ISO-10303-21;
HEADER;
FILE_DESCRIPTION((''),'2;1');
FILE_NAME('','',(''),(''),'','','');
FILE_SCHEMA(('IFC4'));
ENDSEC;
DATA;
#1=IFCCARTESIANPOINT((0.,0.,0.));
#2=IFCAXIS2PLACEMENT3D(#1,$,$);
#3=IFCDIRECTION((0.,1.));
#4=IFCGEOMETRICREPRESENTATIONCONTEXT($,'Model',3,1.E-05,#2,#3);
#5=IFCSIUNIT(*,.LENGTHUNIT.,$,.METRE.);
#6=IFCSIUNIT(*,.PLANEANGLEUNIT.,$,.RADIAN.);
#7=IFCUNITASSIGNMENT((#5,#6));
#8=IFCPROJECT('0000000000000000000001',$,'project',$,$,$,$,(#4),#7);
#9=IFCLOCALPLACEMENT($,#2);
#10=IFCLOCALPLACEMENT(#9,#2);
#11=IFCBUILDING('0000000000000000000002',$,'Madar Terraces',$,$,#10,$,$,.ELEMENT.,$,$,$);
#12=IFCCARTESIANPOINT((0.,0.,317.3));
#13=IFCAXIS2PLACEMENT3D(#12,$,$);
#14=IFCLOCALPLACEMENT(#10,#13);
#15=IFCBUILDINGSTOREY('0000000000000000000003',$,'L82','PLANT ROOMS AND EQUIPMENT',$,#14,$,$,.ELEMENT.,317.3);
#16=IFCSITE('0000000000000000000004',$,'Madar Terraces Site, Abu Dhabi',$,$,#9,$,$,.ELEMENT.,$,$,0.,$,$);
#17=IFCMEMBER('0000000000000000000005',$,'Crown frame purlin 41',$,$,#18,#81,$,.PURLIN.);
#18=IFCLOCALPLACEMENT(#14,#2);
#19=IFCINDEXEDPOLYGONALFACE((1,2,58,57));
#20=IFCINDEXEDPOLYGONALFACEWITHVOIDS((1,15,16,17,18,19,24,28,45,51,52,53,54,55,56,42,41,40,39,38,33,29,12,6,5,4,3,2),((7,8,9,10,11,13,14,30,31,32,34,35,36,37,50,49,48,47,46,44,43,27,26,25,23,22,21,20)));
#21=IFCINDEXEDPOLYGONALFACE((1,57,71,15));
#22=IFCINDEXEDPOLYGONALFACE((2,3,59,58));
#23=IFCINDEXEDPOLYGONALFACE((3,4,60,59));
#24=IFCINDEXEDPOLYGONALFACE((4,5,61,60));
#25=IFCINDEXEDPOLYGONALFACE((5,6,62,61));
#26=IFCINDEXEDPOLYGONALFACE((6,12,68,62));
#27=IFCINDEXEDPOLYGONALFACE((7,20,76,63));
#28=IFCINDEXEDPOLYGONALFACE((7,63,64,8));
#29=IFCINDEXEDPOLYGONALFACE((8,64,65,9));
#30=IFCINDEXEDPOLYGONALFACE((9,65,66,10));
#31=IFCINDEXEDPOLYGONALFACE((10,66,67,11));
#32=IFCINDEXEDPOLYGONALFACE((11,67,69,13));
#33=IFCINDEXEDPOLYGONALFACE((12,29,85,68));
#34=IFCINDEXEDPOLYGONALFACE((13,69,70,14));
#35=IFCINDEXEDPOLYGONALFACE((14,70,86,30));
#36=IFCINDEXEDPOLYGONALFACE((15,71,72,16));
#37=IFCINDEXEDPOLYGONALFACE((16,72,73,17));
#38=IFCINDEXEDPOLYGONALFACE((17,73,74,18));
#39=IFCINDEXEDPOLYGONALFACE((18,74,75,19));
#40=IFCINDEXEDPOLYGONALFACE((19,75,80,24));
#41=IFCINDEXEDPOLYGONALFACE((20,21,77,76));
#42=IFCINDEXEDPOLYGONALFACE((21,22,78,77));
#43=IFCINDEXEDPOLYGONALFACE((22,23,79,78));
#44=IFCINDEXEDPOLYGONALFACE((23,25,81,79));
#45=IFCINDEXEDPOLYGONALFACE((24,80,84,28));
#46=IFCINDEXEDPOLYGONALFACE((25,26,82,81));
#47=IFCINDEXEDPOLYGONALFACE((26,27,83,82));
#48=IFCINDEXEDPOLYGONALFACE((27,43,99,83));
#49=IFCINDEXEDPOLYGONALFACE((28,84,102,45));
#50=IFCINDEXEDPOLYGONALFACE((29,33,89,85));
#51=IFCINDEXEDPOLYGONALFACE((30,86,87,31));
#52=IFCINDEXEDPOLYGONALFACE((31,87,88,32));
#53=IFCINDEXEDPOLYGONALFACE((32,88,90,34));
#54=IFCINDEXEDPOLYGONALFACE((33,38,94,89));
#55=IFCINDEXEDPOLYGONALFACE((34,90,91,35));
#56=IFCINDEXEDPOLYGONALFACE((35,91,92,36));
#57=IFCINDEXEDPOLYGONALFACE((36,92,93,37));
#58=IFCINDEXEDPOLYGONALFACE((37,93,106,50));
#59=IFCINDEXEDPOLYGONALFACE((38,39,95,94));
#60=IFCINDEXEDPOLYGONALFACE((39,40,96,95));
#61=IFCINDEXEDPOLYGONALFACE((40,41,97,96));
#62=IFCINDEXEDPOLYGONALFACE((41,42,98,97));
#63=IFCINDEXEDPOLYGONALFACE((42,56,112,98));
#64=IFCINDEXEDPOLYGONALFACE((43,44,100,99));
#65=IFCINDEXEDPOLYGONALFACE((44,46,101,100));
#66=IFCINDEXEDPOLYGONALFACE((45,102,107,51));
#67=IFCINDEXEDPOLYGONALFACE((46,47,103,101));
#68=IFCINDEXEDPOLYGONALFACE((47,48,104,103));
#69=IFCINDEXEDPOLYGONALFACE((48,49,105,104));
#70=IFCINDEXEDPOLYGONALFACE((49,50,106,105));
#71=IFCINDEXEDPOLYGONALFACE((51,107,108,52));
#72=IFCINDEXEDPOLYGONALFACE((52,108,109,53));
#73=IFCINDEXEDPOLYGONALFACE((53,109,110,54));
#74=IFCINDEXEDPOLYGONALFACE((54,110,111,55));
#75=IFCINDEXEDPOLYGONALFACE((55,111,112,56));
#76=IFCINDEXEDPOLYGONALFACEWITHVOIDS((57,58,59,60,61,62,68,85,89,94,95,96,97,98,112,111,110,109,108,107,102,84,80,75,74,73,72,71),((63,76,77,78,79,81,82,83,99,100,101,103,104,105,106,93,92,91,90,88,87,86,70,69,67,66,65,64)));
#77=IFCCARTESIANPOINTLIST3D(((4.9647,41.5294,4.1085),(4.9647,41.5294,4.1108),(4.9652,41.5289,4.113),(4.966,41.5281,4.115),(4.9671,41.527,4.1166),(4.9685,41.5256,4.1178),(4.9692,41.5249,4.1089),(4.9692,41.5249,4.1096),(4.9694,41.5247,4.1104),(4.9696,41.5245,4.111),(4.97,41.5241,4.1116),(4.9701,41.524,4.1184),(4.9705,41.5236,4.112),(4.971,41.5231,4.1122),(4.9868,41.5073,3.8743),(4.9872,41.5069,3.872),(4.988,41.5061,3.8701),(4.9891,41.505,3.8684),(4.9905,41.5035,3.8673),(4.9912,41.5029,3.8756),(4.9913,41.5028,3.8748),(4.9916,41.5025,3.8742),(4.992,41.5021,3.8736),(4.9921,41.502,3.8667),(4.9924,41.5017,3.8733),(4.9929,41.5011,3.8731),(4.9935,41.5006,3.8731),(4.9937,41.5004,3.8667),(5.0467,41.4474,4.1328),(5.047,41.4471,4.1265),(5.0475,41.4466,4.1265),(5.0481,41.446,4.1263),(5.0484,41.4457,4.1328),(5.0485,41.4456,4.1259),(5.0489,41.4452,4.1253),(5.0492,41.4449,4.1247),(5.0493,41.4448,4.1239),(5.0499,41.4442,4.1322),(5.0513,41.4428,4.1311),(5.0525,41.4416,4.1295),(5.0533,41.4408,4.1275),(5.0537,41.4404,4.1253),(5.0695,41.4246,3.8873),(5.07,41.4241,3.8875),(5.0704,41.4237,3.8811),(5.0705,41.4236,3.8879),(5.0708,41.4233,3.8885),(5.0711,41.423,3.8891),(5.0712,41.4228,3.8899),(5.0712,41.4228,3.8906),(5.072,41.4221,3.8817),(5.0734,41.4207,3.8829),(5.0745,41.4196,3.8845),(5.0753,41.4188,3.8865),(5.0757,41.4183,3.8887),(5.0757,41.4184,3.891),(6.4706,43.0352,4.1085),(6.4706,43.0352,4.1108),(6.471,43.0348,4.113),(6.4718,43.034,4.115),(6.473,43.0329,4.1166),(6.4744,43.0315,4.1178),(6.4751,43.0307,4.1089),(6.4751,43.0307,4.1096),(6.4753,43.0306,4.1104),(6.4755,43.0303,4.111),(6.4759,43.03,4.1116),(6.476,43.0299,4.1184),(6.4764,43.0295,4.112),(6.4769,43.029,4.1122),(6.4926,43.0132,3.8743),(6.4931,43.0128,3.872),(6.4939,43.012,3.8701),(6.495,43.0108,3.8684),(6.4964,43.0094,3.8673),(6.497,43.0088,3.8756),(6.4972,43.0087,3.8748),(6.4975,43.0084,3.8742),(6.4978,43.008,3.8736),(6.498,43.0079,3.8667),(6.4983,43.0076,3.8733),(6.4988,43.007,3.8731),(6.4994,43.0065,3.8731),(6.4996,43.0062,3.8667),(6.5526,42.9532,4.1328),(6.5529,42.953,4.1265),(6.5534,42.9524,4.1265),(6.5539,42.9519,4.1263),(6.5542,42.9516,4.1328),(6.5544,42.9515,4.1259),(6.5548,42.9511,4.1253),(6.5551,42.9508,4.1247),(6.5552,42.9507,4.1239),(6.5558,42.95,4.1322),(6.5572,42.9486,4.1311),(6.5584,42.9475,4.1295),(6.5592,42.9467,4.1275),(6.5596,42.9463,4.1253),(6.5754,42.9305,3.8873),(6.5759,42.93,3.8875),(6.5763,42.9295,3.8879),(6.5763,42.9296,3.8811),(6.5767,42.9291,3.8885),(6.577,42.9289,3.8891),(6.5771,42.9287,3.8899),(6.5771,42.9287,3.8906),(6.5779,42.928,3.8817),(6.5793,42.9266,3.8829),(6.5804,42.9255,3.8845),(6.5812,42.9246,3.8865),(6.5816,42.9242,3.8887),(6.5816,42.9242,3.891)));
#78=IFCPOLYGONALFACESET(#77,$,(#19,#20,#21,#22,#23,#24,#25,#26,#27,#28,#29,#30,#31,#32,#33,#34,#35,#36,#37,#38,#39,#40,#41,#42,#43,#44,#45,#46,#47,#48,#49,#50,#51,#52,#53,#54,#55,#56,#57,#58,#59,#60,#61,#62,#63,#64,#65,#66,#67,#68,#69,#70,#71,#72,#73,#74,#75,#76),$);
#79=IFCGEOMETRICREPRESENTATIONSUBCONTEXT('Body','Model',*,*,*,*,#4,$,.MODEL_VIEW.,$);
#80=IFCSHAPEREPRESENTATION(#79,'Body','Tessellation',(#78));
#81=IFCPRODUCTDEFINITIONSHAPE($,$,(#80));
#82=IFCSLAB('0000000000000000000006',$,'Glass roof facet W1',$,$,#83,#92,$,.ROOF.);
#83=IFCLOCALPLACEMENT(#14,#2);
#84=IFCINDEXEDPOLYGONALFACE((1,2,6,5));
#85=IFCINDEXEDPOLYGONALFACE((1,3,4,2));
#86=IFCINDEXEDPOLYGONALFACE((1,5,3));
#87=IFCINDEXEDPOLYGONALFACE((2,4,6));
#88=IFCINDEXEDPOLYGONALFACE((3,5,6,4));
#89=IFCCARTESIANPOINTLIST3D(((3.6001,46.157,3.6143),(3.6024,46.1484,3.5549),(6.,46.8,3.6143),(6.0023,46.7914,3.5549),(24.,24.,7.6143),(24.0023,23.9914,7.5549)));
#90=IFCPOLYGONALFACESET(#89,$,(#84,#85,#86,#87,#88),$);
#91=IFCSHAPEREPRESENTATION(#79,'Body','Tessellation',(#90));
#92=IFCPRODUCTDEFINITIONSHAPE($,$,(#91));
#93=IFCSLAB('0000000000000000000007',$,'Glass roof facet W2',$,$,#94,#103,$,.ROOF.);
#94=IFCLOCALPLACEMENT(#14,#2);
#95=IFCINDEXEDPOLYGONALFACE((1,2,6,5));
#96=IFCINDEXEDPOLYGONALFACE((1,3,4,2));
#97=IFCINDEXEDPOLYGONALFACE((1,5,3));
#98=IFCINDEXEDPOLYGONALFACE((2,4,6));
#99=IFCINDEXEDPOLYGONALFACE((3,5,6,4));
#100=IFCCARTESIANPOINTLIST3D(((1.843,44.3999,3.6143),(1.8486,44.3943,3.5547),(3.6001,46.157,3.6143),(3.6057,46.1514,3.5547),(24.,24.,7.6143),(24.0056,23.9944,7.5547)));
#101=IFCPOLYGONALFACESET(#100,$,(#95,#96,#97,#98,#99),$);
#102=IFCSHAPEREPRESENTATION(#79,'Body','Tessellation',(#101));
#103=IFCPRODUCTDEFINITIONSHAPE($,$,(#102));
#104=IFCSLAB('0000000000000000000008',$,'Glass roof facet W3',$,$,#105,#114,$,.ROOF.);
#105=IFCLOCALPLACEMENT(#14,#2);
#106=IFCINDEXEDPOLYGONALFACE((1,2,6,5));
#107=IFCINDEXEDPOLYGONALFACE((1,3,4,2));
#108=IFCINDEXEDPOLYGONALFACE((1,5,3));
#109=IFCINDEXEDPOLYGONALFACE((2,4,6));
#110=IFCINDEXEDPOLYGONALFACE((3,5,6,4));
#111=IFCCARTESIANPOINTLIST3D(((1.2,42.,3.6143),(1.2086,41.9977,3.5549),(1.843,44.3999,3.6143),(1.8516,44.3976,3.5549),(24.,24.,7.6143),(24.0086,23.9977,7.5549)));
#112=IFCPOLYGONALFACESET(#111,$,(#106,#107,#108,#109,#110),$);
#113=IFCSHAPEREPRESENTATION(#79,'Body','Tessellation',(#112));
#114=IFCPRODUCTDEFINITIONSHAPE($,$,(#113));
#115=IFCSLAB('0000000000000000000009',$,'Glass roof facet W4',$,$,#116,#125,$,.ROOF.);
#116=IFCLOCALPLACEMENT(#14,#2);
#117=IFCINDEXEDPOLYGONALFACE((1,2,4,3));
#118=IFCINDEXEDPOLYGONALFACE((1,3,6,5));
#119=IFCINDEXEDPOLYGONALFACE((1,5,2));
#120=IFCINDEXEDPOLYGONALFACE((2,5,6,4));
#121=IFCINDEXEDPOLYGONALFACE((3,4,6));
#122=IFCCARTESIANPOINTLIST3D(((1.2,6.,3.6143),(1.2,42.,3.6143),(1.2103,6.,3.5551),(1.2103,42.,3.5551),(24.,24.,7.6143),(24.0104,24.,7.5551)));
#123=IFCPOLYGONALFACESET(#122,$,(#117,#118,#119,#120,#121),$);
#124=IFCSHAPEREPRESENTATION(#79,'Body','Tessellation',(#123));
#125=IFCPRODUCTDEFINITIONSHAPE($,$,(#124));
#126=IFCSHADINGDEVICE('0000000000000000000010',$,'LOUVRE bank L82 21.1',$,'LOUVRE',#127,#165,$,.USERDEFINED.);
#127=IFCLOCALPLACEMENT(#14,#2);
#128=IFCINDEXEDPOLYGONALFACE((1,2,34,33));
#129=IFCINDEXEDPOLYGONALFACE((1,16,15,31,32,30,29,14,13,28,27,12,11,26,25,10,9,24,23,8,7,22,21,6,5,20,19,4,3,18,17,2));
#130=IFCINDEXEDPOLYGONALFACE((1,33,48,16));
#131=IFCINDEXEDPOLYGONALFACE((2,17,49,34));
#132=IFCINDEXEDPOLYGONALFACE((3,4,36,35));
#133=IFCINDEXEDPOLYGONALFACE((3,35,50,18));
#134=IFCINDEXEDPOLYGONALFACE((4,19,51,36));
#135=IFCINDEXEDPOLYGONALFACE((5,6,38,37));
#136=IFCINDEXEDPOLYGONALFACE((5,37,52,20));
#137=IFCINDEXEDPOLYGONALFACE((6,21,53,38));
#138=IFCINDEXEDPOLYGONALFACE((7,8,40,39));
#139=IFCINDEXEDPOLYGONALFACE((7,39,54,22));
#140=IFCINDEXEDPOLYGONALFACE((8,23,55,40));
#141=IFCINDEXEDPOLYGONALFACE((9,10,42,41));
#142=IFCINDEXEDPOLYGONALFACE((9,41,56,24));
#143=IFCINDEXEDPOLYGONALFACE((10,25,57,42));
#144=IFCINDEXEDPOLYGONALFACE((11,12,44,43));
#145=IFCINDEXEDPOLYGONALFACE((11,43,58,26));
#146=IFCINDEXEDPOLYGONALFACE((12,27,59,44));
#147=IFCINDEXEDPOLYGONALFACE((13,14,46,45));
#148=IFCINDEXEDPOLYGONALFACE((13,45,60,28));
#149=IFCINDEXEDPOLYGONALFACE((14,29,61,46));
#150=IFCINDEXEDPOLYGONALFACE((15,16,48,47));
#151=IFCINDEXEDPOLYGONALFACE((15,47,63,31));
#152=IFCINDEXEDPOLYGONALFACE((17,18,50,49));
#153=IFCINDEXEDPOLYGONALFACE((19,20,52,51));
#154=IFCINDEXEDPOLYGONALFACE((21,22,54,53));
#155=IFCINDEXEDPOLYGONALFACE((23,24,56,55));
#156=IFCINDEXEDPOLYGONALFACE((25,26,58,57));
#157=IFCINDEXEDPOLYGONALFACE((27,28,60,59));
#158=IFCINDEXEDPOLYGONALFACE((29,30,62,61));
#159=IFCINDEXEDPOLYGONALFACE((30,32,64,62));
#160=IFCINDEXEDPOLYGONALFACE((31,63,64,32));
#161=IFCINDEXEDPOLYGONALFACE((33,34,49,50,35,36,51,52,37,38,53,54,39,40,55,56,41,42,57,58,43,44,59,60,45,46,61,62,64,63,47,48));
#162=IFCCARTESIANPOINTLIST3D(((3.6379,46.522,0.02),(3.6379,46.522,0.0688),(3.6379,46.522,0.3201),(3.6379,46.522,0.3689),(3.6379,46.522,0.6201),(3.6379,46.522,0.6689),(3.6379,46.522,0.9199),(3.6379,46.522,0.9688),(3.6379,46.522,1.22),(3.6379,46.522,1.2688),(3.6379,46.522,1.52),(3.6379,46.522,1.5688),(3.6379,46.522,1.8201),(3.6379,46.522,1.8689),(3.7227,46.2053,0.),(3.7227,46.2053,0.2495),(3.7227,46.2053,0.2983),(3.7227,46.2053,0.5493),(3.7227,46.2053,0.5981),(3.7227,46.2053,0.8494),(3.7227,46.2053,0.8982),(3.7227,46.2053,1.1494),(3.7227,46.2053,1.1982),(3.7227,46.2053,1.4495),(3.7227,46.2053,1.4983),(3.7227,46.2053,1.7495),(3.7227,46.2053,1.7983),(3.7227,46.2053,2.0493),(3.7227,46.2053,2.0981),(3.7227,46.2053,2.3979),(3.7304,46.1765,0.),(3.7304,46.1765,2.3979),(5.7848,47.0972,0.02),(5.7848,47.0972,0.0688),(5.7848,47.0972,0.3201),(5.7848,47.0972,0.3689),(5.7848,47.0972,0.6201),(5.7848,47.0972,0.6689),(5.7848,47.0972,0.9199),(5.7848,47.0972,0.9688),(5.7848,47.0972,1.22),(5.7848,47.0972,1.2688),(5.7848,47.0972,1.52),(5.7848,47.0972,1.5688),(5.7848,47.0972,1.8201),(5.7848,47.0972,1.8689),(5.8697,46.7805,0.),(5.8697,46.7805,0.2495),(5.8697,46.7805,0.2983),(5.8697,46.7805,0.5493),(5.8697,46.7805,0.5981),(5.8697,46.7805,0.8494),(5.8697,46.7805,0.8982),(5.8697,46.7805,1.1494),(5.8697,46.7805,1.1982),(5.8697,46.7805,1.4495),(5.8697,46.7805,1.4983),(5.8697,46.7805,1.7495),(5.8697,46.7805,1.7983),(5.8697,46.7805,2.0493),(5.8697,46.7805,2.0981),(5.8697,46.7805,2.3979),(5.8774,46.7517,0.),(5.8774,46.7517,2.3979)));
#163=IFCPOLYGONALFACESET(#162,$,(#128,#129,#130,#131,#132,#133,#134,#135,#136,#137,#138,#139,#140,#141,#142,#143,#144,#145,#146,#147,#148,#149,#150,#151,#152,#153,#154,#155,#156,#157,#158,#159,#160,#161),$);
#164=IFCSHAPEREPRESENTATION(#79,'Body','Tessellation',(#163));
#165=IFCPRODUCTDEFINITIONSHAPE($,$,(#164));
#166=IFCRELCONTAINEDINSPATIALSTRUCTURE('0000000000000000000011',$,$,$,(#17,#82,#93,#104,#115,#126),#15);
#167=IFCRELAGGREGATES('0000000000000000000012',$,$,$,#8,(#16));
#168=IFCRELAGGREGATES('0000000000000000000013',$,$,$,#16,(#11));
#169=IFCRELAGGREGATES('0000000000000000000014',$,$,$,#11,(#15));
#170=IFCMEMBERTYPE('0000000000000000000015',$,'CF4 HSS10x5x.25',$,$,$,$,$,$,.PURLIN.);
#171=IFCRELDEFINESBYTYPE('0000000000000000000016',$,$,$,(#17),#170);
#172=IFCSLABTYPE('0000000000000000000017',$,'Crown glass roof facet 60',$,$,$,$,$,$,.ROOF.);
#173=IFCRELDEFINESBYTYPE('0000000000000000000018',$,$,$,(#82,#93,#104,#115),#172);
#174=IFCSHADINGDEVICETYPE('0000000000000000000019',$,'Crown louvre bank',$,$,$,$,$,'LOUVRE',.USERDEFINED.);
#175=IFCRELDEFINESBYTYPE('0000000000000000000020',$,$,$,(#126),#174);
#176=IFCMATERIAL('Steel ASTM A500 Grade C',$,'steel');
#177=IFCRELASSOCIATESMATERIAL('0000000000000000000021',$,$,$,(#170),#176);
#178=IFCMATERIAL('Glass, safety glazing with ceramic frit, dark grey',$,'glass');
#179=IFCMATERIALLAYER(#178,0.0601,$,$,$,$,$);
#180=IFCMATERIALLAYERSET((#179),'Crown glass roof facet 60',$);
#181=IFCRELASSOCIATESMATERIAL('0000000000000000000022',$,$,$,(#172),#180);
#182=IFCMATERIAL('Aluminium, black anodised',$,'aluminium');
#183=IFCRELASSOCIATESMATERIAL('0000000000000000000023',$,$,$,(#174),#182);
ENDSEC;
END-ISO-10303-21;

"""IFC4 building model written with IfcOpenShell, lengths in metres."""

from ifc_helpers import new_model, si_unit, direction, frame, origin, origin_2d, place, context, subcontext, project, spatial, polyline, hollow_rectangle, outline, extrude, material, layer, layer_set, material_profile, profile_set, type_object, element, save


model = new_model("IFC4")

# Units and contexts
model_context = context("Model", 3, precision=1e-05, world=origin(), true_north=direction((0.0, 1.0)))
body_context = subcontext(model_context, "Body", "Model", "MODEL_VIEW")
ifc_project = project(units=[si_unit("LENGTHUNIT", "METRE"), si_unit("PLANEANGLEUNIT", "RADIAN")], contexts=[model_context])

# Site, building, storey
site_placement = place(None, origin())
site = spatial("IfcSite", under=ifc_project, at=site_placement, Name="Madar Terraces Site, Abu Dhabi", CompositionType="ELEMENT", RefElevation=0.0)
building_placement = place(site_placement, origin())
building = spatial("IfcBuilding", under=site, at=building_placement, Name="Madar Terraces", CompositionType="ELEMENT")
storey_placement = place(building_placement, frame((0.0, 0.0, 317.3)))
storey = spatial("IfcBuildingStorey", under=building, at=storey_placement, Name="L82", Description="PLANT ROOMS AND EQUIPMENT", CompositionType="ELEMENT", Elevation=317.3)

# Member
ifc_material_1 = material(Name="Steel ASTM A500 Grade C", Category="steel")
ifc_material_profile_1 = material_profile(ifc_material_1, hollow_rectangle(XDim=0.127, YDim=0.2539, WallThickness=0.0063, InnerFilletRadius=0.0029, OuterFilletRadius=0.0088, at=origin_2d()), Name="HSS10x5x.25")
ifc_profile_set_1 = profile_set([ifc_material_profile_1], Name="Steel ASTM A500 Grade C")
member_type_1 = type_object("IfcMemberType", Name="CF4 HSS10x5x.25", PredefinedType="PURLIN", material=ifc_profile_set_1)
for number, where, z_axis, x_axis, name in (
    (1, (6.5261, 42.9797, 3.9998), (-0.707107, -0.707107, 0.0), (0.700941, -0.700941, 0.131765), "Crown frame purlin 41"),
):
    element("IfcMember", number, at=place(storey_placement, frame(where, z_axis=z_axis, x_axis=x_axis)), inside=storey, type_object=member_type_1, Name=name, PredefinedType="PURLIN", context=body_context, shape_type="SweptSolid", body=[
        extrude(hollow_rectangle(XDim=0.127, YDim=0.2539, WallThickness=0.0063, InnerFilletRadius=0.0029, OuterFilletRadius=0.0088, at=origin_2d()), origin(), (0.0, 0.0, 1.0), 2.1296),
    ])

# Slabs
ifc_material_2 = material(Name="Glass, safety glazing with ceramic frit, dark grey", Category="glass")
ifc_layer = layer(ifc_material_2, 0.0601)
ifc_layer_set = layer_set([ifc_layer], Name="Crown glass roof facet 60")
slab_type = type_object("IfcSlabType", Name="Crown glass roof facet 60", PredefinedType="ROOF", material=ifc_layer_set)
slab_1_placement = place(storey_placement, frame((6.0, 46.8, 3.6143), z_axis=(-0.038373, 0.143205, 0.988949), x_axis=(-0.965924, -0.258824, 0.0)))
element("IfcSlab", 2, at=slab_1_placement, inside=storey, type_object=slab_type, Name="Glass roof facet W1", PredefinedType="ROOF", context=body_context, shape_type="SweptSolid", body=[
    extrude(outline(polyline([(0.0, 0.0), (2.4846, 0.0), (-11.4854, 26.9801), (0.0, 0.0)])), origin(), (0.0, 0.0, -1.0), 0.0601),
])
slab_2_placement = place(storey_placement, frame((3.6001, 46.157, 3.6143), z_axis=(-0.093172, 0.093172, 0.991281), x_axis=(-0.707107, -0.707107, 0.0)))
element("IfcSlab", 3, at=slab_2_placement, inside=storey, type_object=slab_type, Name="Glass roof facet W2", PredefinedType="ROOF", context=body_context, shape_type="SweptSolid", body=[
    extrude(outline(polyline([(0.0, 0.0), (2.4849, 0.0), (1.2424, 30.3569), (0.0, 0.0)])), origin(), (0.0, 0.0, -1.0), 0.0601),
])
slab_3_placement = place(storey_placement, frame((1.843, 44.3999, 3.6143), z_axis=(-0.143205, 0.038373, 0.988949), x_axis=(-0.258824, -0.965924, 0.0)))
element("IfcSlab", 4, at=slab_3_placement, inside=storey, type_object=slab_type, Name="Glass roof facet W3", PredefinedType="ROOF", context=body_context, shape_type="SweptSolid", body=[
    extrude(outline(polyline([(0.0, 0.0), (2.4846, 0.0), (13.97, 26.9801), (0.0, 0.0)])), origin(), (0.0, 0.0, -1.0), 0.0601),
])
slab_4_placement = place(storey_placement, frame((1.2, 42.0, 3.6143), z_axis=(-0.172799, 0.0, 0.984957), x_axis=(0.0, -1.0, 0.0)))
element("IfcSlab", 5, at=slab_4_placement, inside=storey, type_object=slab_type, Name="Glass roof facet W4", PredefinedType="ROOF", context=body_context, shape_type="SweptSolid", body=[
    extrude(outline(polyline([(0.0, 0.0), (36.0, 0.0), (18.0, 23.1483), (0.0, 0.0)])), origin(), (0.0, 0.0, -1.0), 0.0601),
])

# Shading device
ifc_material_3 = material(Name="Aluminium, black anodised", Category="aluminium")
shading_device_type = type_object("IfcShadingDeviceType", Name="Crown louvre bank", ElementType="LOUVRE", PredefinedType="USERDEFINED", material=ifc_material_3)
shading_device_1_placement = place(storey_placement, frame((5.8735, 46.7661, 0.0), z_axis=(-0.965935, -0.258784, 0.0), x_axis=(0.258784, -0.965935, 0.0)))
element("IfcShadingDevice", 6, at=shading_device_1_placement, inside=storey, type_object=shading_device_type, Name="LOUVRE bank L82 21.1", ObjectType="LOUVRE", PredefinedType="USERDEFINED", context=body_context, shape_type="SweptSolid", body=[
    extrude(outline(polyline([(0.0149, 0.0), (-0.0149, 0.0), (-0.0149, 0.2495), (-0.3428, 0.02), (-0.3428, 0.0688), (-0.0149, 0.2983), (-0.0149, 0.5493), (-0.3428, 0.3201), (-0.3428, 0.3689), (-0.0149, 0.5981), (-0.0149, 0.8494), (-0.3428, 0.6201), (-0.3428, 0.6689), (-0.0149, 0.8982), (-0.0149, 1.1494), (-0.3428, 0.9199), (-0.3428, 0.9688), (-0.0149, 1.1982), (-0.0149, 1.4495), (-0.3428, 1.22), (-0.3428, 1.2688), (-0.0149, 1.4983), (-0.0149, 1.7495), (-0.3428, 1.52), (-0.3428, 1.5688), (-0.0149, 1.7983), (-0.0149, 2.0493), (-0.3428, 1.8201), (-0.3428, 1.8689), (-0.0149, 2.0981), (-0.0149, 2.3979), (0.0149, 2.3979), (0.0149, 0.0)])), origin(), (0.0, 0.0, 1.0), 2.2227),
])

save(model, "model.ifc")
